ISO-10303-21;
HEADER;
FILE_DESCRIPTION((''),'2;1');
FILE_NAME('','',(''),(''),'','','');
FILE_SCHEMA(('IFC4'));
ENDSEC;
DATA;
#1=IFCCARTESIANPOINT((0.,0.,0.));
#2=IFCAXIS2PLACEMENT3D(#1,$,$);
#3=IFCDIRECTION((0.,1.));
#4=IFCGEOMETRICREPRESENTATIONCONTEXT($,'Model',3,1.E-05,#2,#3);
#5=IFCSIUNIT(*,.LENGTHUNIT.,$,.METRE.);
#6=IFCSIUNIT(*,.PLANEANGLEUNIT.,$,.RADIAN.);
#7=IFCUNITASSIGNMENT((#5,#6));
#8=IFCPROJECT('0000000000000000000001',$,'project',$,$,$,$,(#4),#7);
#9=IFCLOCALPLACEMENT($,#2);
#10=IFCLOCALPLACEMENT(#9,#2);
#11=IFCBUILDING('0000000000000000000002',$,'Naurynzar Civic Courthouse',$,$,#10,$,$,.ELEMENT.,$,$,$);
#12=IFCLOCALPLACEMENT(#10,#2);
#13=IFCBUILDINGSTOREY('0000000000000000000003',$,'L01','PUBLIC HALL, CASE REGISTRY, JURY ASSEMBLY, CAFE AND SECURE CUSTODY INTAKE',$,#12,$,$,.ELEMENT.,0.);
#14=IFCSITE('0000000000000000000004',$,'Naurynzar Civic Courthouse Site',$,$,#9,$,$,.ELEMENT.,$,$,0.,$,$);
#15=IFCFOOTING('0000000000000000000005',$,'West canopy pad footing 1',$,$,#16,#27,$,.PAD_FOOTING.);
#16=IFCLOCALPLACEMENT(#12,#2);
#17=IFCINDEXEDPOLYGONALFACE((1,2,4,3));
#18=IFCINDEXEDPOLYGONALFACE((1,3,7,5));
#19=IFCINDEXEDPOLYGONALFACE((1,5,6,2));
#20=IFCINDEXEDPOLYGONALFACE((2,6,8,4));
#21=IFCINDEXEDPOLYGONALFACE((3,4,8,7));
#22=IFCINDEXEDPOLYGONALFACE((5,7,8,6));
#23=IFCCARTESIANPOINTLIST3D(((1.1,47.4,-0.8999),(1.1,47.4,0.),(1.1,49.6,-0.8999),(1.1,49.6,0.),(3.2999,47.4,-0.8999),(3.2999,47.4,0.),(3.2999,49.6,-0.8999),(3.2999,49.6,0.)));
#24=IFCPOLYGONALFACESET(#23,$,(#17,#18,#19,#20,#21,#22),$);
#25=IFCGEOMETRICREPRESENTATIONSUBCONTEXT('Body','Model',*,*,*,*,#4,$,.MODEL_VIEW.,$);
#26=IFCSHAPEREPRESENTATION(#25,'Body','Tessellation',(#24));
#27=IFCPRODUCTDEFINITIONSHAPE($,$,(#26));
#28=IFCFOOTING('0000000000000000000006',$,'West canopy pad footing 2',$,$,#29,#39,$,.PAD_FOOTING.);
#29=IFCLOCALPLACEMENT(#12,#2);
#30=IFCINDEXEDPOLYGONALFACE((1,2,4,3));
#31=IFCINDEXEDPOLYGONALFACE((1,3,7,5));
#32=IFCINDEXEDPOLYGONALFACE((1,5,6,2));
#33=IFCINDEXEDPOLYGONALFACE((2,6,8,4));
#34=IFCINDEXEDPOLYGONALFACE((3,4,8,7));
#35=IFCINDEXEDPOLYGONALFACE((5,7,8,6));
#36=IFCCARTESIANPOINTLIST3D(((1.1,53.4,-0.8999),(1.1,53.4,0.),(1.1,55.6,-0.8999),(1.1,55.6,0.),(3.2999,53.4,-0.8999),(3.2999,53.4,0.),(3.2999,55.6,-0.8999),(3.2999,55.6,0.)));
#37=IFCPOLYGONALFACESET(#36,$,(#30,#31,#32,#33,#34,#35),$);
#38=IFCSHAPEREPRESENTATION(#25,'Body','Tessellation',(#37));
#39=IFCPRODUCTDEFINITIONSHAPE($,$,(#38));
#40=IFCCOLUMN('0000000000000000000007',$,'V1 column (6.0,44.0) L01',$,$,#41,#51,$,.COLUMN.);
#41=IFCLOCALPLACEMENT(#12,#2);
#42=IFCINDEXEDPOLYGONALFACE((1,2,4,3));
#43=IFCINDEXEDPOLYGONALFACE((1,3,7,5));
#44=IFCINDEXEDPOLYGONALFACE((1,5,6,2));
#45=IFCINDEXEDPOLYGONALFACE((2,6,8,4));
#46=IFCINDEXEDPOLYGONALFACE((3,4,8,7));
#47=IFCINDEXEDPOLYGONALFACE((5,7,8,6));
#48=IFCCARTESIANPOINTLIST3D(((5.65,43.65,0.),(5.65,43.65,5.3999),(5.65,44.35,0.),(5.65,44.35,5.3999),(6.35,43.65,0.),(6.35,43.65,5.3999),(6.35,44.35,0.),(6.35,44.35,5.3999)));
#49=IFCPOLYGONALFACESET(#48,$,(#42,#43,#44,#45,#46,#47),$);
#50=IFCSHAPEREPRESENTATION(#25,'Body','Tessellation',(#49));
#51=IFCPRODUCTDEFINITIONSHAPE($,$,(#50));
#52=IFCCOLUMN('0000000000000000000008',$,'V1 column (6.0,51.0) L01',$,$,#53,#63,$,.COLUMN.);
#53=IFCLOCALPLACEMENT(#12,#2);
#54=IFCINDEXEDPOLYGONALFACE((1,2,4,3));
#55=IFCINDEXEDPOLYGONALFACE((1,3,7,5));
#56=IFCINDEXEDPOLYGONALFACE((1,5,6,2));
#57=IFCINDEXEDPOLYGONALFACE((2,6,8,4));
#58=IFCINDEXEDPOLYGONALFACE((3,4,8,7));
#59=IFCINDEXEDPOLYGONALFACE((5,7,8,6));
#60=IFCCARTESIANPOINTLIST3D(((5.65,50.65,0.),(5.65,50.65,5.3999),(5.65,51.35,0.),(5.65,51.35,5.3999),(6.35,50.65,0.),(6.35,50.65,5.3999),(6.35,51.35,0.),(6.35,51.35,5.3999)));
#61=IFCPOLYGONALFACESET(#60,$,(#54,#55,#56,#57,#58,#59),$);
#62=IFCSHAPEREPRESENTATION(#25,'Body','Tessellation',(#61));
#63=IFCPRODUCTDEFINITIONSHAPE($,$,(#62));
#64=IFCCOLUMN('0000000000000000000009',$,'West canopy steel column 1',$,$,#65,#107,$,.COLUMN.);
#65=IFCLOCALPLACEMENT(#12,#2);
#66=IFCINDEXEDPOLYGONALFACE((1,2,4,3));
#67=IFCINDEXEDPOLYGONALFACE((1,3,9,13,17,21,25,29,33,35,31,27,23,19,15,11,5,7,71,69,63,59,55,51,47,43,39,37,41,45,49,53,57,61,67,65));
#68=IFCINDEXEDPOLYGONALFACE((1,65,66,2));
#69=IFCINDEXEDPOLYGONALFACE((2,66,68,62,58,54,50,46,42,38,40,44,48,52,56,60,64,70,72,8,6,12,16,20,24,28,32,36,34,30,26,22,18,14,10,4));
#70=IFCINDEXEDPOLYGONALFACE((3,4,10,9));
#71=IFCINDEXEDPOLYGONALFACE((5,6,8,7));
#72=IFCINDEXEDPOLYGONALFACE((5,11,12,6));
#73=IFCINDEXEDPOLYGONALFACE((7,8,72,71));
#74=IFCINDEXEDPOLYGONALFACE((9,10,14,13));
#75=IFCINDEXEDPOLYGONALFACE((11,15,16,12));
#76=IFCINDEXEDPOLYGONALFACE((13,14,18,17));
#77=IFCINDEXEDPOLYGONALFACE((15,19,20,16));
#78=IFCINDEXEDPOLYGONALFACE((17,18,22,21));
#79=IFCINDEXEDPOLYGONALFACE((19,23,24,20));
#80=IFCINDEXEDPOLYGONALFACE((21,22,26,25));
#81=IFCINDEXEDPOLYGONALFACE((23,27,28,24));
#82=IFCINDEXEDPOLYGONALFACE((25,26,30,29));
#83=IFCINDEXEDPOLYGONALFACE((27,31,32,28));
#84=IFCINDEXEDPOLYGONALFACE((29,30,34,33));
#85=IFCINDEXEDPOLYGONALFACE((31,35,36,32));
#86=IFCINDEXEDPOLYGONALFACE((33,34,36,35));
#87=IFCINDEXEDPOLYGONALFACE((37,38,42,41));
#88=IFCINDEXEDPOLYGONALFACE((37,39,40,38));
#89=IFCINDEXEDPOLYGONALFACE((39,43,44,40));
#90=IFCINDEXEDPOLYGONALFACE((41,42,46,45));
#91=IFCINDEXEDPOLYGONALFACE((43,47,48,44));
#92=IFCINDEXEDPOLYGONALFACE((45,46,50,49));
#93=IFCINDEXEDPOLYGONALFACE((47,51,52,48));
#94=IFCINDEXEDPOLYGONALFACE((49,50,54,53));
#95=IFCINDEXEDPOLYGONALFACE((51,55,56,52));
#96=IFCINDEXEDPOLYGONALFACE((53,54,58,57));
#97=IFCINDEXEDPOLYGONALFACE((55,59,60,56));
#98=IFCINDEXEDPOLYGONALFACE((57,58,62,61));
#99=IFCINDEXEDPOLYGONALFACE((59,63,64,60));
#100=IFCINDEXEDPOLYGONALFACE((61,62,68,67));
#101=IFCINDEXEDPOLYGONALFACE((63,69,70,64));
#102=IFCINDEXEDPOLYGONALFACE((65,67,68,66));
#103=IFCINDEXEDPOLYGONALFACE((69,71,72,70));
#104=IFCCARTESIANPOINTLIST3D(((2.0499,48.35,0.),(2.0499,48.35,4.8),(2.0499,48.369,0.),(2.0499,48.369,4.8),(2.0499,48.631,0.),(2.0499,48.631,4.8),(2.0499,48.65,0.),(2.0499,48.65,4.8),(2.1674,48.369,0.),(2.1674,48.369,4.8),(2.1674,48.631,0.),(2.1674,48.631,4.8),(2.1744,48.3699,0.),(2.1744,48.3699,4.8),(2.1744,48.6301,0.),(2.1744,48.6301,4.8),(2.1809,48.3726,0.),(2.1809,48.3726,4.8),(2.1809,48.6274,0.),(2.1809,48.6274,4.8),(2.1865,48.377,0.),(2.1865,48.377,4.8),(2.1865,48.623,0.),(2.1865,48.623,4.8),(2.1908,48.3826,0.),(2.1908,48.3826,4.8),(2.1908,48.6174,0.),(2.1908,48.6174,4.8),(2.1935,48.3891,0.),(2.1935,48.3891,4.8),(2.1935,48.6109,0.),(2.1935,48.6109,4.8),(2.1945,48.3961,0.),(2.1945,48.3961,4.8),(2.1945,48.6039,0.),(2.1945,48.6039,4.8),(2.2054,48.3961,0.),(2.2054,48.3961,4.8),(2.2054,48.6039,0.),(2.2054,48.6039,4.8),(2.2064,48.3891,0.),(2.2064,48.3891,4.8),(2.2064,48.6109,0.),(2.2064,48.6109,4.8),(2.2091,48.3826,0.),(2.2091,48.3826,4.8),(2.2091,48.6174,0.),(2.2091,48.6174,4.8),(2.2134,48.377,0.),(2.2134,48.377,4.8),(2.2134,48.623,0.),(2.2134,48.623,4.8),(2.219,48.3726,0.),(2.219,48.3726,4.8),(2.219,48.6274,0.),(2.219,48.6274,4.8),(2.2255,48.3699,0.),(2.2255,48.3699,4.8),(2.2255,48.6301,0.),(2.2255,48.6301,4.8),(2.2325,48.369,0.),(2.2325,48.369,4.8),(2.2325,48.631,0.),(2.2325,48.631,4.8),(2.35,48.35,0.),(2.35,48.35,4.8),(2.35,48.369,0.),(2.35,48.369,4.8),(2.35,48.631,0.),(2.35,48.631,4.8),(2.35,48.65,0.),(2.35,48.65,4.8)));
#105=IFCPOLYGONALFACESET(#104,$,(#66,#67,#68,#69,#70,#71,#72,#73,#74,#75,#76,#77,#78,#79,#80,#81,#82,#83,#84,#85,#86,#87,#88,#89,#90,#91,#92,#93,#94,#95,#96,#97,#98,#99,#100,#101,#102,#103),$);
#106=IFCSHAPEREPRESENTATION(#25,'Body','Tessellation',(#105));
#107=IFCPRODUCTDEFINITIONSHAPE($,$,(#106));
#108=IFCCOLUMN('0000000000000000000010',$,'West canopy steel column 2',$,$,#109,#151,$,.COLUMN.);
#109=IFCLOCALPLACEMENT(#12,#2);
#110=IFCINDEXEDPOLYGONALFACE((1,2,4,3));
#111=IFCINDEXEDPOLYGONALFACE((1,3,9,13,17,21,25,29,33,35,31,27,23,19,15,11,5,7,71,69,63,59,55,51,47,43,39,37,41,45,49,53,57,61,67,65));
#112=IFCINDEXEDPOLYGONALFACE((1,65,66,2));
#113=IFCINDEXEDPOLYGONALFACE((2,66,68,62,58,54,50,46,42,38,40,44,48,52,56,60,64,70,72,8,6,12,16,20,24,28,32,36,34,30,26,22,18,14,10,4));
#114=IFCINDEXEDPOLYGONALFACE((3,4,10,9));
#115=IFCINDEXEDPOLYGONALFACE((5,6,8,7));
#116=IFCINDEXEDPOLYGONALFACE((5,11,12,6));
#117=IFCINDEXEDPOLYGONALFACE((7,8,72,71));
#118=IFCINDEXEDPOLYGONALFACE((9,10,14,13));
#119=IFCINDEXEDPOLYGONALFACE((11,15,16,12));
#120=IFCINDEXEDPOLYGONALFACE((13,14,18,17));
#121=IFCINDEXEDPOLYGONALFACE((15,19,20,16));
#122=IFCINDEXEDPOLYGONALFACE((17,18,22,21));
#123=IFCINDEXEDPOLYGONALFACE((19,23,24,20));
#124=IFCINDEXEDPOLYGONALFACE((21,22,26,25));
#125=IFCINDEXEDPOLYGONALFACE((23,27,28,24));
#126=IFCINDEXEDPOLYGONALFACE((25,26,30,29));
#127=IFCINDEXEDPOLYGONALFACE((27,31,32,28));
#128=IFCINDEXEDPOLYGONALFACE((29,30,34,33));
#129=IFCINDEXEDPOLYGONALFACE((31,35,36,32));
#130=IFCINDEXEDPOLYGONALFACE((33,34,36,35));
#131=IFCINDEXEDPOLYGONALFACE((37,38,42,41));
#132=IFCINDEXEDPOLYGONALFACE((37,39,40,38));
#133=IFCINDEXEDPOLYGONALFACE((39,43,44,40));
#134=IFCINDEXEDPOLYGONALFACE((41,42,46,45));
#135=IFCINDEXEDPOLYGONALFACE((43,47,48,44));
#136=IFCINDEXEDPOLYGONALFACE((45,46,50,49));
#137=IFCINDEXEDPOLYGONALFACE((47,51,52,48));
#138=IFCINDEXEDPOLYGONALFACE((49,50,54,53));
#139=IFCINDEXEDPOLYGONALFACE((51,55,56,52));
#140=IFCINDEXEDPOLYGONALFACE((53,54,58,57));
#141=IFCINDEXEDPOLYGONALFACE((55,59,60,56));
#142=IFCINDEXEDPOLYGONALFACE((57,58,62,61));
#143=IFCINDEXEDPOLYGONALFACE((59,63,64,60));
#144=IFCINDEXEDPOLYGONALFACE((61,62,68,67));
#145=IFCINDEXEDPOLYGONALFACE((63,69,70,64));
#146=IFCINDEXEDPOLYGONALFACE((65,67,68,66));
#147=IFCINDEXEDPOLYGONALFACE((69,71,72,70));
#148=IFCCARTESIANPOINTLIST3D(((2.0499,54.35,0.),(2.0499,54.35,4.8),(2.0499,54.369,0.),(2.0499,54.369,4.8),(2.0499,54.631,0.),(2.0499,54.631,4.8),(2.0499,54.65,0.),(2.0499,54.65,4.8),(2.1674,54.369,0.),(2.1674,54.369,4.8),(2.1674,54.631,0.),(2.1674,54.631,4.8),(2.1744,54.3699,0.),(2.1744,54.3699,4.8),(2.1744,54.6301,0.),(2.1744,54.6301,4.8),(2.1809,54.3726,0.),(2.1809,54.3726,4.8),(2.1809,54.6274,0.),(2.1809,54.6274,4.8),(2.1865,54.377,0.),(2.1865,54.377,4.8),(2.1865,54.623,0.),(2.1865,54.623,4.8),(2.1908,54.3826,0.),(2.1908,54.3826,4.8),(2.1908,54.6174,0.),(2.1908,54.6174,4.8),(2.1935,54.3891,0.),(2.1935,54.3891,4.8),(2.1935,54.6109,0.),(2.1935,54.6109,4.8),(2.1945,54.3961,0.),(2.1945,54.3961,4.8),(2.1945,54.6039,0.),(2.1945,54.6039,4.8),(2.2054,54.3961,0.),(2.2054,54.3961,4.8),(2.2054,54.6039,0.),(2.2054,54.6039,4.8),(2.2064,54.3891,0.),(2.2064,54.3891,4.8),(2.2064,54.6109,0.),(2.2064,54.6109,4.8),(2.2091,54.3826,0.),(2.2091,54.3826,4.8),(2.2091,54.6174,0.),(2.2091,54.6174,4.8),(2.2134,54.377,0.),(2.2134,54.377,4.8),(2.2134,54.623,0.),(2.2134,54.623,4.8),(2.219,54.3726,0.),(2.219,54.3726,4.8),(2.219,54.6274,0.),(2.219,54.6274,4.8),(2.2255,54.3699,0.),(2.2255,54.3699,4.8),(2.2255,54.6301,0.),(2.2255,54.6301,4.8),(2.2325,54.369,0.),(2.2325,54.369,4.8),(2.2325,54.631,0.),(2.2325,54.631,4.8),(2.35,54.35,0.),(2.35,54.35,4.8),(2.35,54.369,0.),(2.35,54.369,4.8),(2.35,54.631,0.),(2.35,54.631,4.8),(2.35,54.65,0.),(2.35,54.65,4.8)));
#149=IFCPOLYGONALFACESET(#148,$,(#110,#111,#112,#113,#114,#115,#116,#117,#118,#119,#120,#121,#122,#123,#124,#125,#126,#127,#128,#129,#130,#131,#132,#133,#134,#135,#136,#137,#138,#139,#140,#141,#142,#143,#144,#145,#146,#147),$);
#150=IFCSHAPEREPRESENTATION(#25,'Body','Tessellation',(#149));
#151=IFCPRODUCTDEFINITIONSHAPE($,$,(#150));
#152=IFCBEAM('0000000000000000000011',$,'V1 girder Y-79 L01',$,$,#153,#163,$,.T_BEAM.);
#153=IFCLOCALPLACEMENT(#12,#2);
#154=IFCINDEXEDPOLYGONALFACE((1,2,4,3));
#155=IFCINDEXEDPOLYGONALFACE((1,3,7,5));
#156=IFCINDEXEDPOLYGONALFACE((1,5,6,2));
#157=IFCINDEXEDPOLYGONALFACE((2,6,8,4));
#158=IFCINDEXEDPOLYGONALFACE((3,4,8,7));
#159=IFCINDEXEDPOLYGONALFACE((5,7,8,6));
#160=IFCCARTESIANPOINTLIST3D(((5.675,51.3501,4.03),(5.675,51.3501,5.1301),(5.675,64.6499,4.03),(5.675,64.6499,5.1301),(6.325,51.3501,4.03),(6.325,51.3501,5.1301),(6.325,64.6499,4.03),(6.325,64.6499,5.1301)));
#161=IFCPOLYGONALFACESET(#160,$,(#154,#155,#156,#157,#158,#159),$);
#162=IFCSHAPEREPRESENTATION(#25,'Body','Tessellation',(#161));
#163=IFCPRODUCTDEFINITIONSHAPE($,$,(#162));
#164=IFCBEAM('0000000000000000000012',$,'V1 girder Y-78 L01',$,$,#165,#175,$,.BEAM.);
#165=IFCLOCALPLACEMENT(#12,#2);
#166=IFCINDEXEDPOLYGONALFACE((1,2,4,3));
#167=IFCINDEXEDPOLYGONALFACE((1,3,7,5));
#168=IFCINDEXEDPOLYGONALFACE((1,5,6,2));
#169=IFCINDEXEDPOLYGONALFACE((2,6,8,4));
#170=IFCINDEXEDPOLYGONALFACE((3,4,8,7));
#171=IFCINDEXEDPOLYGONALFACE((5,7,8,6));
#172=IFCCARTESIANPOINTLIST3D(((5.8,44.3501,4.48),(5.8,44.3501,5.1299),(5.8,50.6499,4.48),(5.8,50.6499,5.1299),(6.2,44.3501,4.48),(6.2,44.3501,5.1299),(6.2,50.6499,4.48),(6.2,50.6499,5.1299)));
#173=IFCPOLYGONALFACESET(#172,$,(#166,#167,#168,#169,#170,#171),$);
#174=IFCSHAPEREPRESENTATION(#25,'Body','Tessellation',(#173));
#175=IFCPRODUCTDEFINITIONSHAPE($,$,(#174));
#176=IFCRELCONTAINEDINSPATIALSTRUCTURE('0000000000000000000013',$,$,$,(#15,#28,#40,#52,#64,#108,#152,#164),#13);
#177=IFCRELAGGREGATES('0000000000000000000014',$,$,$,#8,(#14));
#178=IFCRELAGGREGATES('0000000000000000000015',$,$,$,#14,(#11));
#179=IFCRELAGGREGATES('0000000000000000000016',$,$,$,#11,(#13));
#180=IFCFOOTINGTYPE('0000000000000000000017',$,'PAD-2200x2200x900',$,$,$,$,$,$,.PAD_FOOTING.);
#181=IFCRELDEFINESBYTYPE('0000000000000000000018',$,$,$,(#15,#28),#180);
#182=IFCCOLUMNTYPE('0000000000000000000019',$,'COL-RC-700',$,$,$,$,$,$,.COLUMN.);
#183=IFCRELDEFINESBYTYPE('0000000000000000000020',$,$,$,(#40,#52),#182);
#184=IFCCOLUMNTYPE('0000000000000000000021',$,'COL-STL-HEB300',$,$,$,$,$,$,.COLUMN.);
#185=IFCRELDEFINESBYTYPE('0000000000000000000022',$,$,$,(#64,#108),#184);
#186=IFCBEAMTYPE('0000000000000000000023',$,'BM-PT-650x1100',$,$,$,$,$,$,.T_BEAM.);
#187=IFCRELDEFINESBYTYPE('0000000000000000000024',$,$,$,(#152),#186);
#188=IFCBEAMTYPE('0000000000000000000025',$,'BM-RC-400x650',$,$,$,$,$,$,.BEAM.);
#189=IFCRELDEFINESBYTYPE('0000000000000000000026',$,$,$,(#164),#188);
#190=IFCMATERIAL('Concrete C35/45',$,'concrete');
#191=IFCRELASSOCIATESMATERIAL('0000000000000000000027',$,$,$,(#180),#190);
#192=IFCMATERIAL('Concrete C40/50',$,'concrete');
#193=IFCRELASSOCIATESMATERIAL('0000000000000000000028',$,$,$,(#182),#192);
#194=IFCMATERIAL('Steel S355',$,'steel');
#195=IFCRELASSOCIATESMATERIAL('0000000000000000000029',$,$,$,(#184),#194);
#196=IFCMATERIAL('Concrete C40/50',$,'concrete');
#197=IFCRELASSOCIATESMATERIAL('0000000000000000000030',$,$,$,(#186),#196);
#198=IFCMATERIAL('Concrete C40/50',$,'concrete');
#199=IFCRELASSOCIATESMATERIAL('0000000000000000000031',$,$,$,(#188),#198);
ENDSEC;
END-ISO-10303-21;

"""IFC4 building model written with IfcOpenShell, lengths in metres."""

from ifc_helpers import new_model, si_unit, direction, frame, origin, origin_2d, place, context, subcontext, project, spatial, rectangle, i_section, extrude, material, material_profile, profile_set, type_object, element, save


model = new_model("IFC4")

# Units and contexts
model_context = context("Model", 3, precision=1e-05, world=origin(), true_north=direction((0.0, 1.0)))
body_context = subcontext(model_context, "Body", "Model", "MODEL_VIEW")
ifc_project = project(units=[si_unit("LENGTHUNIT", "METRE"), si_unit("PLANEANGLEUNIT", "RADIAN")], contexts=[model_context])

# Site, building, storey
site_placement = place(None, origin())
site = spatial("IfcSite", under=ifc_project, at=site_placement, Name="Naurynzar Civic Courthouse Site", CompositionType="ELEMENT", RefElevation=0.0)
building_placement = place(site_placement, origin())
building = spatial("IfcBuilding", under=site, at=building_placement, Name="Naurynzar Civic Courthouse", CompositionType="ELEMENT")
storey_placement = place(building_placement, origin())
storey = spatial("IfcBuildingStorey", under=building, at=storey_placement, Name="L01", Description="PUBLIC HALL, CASE REGISTRY, JURY ASSEMBLY, CAFE AND SECURE CUSTODY INTAKE", CompositionType="ELEMENT", Elevation=0.0)

# Footings
ifc_material_1 = material(Name="Concrete C35/45", Category="concrete")
footing_type = type_object("IfcFootingType", Name="PAD-2200x2200x900", PredefinedType="PAD_FOOTING", material=ifc_material_1)
for number, where, z_axis, x_axis, name in (
    (1, (2.2, 48.5, -0.8999), (0.0, 0.0, 1.0), (1.0, 0.0, 0.0), "West canopy pad footing 1"),
    (2, (2.2, 54.5, -0.8999), (0.0, 0.0, 1.0), (1.0, 0.0, 0.0), "West canopy pad footing 2"),
):
    element("IfcFooting", number, at=place(storey_placement, frame(where, z_axis=z_axis, x_axis=x_axis)), inside=storey, type_object=footing_type, Name=name, PredefinedType="PAD_FOOTING", context=body_context, shape_type="SweptSolid", body=[
        extrude(rectangle(XDim=2.2, YDim=2.2, at=origin_2d()), origin(), (0.0, 0.0, 1.0), 0.8999),
    ])

# Columns
ifc_material_2 = material(Name="Concrete C40/50", Category="concrete")
ifc_material_profile_1 = material_profile(ifc_material_2, rectangle(XDim=0.7, YDim=0.7, at=origin_2d()), Name="RC 700x700")
ifc_profile_set_1 = profile_set([ifc_material_profile_1], Name="Concrete C40/50")
column_type_1 = type_object("IfcColumnType", Name="COL-RC-700", PredefinedType="COLUMN", material=ifc_profile_set_1)
for number, where, z_axis, x_axis, name in (
    (3, (6.0, 44.0, 0.0), (0.0, 0.0, 1.0), (1.0, 0.0, 0.0), "V1 column (6.0,44.0) L01"),
    (4, (6.0, 51.0, 0.0), (0.0, 0.0, 1.0), (1.0, 0.0, 0.0), "V1 column (6.0,51.0) L01"),
):
    element("IfcColumn", number, at=place(storey_placement, frame(where, z_axis=z_axis, x_axis=x_axis)), inside=storey, type_object=column_type_1, Name=name, PredefinedType="COLUMN", context=body_context, shape_type="SweptSolid", body=[
        extrude(rectangle(XDim=0.7, YDim=0.7, at=origin_2d()), origin(), (0.0, 0.0, 1.0), 5.3999),
    ])
ifc_material_3 = material(Name="Steel S355", Category="steel")
ifc_material_profile_2 = material_profile(ifc_material_3, i_section(OverallWidth=0.3, OverallDepth=0.3, WebThickness=0.011, FlangeThickness=0.019, FilletRadius=0.0271, at=origin_2d()), Name="HEB 300")
ifc_profile_set_2 = profile_set([ifc_material_profile_2], Name="Steel S355")
column_type_2 = type_object("IfcColumnType", Name="COL-STL-HEB300", PredefinedType="COLUMN", material=ifc_profile_set_2)
for number, where, z_axis, x_axis, name in (
    (5, (2.2, 48.5, 0.0), (0.0, 0.0, 1.0), (1.0, 0.0, 0.0), "West canopy steel column 1"),
    (6, (2.2, 54.5, 0.0), (0.0, 0.0, 1.0), (1.0, 0.0, 0.0), "West canopy steel column 2"),
):
    element("IfcColumn", number, at=place(storey_placement, frame(where, z_axis=z_axis, x_axis=x_axis)), inside=storey, type_object=column_type_2, Name=name, PredefinedType="COLUMN", context=body_context, shape_type="SweptSolid", body=[
        extrude(i_section(OverallWidth=0.3, OverallDepth=0.3, WebThickness=0.011, FlangeThickness=0.019, FilletRadius=0.0271, at=origin_2d()), origin(), (0.0, 0.0, 1.0), 4.8),
    ])

# Beams
ifc_material_4 = material(Name="Concrete C40/50", Category="concrete")
ifc_material_profile_3 = material_profile(ifc_material_4, rectangle(XDim=0.6499, YDim=1.1001, at=origin_2d()), Name="PTB 650x1100")
ifc_profile_set_3 = profile_set([ifc_material_profile_3], Name="Concrete C40/50")
beam_type_1 = type_object("IfcBeamType", Name="BM-PT-650x1100", PredefinedType="T_BEAM", material=ifc_profile_set_3)
beam_1_placement = place(storey_placement, frame((6.0, 51.3501, 4.5801), z_axis=(0.0, 1.0, 0.0), x_axis=(-1.0, 0.0, 0.0)))
element("IfcBeam", 7, at=beam_1_placement, inside=storey, type_object=beam_type_1, Name="V1 girder Y-79 L01", PredefinedType="T_BEAM", context=body_context, shape_type="SweptSolid", body=[
    extrude(rectangle(XDim=0.6499, YDim=1.1001, at=origin_2d()), origin(), (0.0, 0.0, 1.0), 13.2998),
])
ifc_material_5 = material(Name="Concrete C40/50", Category="concrete")
ifc_material_profile_4 = material_profile(ifc_material_5, rectangle(XDim=0.3999, YDim=0.6499, at=origin_2d()), Name="RCB 400x650")
ifc_profile_set_4 = profile_set([ifc_material_profile_4], Name="Concrete C40/50")
beam_type_2 = type_object("IfcBeamType", Name="BM-RC-400x650", PredefinedType="BEAM", material=ifc_profile_set_4)
beam_2_placement = place(storey_placement, frame((6.0, 44.3501, 4.8049), z_axis=(0.0, 1.0, 0.0), x_axis=(-1.0, 0.0, 0.0)))
element("IfcBeam", 8, at=beam_2_placement, inside=storey, type_object=beam_type_2, Name="V1 girder Y-78 L01", PredefinedType="BEAM", context=body_context, shape_type="SweptSolid", body=[
    extrude(rectangle(XDim=0.3999, YDim=0.6499, at=origin_2d()), origin(), (0.0, 0.0, 1.0), 6.2998),
])

save(model, "model.ifc")
